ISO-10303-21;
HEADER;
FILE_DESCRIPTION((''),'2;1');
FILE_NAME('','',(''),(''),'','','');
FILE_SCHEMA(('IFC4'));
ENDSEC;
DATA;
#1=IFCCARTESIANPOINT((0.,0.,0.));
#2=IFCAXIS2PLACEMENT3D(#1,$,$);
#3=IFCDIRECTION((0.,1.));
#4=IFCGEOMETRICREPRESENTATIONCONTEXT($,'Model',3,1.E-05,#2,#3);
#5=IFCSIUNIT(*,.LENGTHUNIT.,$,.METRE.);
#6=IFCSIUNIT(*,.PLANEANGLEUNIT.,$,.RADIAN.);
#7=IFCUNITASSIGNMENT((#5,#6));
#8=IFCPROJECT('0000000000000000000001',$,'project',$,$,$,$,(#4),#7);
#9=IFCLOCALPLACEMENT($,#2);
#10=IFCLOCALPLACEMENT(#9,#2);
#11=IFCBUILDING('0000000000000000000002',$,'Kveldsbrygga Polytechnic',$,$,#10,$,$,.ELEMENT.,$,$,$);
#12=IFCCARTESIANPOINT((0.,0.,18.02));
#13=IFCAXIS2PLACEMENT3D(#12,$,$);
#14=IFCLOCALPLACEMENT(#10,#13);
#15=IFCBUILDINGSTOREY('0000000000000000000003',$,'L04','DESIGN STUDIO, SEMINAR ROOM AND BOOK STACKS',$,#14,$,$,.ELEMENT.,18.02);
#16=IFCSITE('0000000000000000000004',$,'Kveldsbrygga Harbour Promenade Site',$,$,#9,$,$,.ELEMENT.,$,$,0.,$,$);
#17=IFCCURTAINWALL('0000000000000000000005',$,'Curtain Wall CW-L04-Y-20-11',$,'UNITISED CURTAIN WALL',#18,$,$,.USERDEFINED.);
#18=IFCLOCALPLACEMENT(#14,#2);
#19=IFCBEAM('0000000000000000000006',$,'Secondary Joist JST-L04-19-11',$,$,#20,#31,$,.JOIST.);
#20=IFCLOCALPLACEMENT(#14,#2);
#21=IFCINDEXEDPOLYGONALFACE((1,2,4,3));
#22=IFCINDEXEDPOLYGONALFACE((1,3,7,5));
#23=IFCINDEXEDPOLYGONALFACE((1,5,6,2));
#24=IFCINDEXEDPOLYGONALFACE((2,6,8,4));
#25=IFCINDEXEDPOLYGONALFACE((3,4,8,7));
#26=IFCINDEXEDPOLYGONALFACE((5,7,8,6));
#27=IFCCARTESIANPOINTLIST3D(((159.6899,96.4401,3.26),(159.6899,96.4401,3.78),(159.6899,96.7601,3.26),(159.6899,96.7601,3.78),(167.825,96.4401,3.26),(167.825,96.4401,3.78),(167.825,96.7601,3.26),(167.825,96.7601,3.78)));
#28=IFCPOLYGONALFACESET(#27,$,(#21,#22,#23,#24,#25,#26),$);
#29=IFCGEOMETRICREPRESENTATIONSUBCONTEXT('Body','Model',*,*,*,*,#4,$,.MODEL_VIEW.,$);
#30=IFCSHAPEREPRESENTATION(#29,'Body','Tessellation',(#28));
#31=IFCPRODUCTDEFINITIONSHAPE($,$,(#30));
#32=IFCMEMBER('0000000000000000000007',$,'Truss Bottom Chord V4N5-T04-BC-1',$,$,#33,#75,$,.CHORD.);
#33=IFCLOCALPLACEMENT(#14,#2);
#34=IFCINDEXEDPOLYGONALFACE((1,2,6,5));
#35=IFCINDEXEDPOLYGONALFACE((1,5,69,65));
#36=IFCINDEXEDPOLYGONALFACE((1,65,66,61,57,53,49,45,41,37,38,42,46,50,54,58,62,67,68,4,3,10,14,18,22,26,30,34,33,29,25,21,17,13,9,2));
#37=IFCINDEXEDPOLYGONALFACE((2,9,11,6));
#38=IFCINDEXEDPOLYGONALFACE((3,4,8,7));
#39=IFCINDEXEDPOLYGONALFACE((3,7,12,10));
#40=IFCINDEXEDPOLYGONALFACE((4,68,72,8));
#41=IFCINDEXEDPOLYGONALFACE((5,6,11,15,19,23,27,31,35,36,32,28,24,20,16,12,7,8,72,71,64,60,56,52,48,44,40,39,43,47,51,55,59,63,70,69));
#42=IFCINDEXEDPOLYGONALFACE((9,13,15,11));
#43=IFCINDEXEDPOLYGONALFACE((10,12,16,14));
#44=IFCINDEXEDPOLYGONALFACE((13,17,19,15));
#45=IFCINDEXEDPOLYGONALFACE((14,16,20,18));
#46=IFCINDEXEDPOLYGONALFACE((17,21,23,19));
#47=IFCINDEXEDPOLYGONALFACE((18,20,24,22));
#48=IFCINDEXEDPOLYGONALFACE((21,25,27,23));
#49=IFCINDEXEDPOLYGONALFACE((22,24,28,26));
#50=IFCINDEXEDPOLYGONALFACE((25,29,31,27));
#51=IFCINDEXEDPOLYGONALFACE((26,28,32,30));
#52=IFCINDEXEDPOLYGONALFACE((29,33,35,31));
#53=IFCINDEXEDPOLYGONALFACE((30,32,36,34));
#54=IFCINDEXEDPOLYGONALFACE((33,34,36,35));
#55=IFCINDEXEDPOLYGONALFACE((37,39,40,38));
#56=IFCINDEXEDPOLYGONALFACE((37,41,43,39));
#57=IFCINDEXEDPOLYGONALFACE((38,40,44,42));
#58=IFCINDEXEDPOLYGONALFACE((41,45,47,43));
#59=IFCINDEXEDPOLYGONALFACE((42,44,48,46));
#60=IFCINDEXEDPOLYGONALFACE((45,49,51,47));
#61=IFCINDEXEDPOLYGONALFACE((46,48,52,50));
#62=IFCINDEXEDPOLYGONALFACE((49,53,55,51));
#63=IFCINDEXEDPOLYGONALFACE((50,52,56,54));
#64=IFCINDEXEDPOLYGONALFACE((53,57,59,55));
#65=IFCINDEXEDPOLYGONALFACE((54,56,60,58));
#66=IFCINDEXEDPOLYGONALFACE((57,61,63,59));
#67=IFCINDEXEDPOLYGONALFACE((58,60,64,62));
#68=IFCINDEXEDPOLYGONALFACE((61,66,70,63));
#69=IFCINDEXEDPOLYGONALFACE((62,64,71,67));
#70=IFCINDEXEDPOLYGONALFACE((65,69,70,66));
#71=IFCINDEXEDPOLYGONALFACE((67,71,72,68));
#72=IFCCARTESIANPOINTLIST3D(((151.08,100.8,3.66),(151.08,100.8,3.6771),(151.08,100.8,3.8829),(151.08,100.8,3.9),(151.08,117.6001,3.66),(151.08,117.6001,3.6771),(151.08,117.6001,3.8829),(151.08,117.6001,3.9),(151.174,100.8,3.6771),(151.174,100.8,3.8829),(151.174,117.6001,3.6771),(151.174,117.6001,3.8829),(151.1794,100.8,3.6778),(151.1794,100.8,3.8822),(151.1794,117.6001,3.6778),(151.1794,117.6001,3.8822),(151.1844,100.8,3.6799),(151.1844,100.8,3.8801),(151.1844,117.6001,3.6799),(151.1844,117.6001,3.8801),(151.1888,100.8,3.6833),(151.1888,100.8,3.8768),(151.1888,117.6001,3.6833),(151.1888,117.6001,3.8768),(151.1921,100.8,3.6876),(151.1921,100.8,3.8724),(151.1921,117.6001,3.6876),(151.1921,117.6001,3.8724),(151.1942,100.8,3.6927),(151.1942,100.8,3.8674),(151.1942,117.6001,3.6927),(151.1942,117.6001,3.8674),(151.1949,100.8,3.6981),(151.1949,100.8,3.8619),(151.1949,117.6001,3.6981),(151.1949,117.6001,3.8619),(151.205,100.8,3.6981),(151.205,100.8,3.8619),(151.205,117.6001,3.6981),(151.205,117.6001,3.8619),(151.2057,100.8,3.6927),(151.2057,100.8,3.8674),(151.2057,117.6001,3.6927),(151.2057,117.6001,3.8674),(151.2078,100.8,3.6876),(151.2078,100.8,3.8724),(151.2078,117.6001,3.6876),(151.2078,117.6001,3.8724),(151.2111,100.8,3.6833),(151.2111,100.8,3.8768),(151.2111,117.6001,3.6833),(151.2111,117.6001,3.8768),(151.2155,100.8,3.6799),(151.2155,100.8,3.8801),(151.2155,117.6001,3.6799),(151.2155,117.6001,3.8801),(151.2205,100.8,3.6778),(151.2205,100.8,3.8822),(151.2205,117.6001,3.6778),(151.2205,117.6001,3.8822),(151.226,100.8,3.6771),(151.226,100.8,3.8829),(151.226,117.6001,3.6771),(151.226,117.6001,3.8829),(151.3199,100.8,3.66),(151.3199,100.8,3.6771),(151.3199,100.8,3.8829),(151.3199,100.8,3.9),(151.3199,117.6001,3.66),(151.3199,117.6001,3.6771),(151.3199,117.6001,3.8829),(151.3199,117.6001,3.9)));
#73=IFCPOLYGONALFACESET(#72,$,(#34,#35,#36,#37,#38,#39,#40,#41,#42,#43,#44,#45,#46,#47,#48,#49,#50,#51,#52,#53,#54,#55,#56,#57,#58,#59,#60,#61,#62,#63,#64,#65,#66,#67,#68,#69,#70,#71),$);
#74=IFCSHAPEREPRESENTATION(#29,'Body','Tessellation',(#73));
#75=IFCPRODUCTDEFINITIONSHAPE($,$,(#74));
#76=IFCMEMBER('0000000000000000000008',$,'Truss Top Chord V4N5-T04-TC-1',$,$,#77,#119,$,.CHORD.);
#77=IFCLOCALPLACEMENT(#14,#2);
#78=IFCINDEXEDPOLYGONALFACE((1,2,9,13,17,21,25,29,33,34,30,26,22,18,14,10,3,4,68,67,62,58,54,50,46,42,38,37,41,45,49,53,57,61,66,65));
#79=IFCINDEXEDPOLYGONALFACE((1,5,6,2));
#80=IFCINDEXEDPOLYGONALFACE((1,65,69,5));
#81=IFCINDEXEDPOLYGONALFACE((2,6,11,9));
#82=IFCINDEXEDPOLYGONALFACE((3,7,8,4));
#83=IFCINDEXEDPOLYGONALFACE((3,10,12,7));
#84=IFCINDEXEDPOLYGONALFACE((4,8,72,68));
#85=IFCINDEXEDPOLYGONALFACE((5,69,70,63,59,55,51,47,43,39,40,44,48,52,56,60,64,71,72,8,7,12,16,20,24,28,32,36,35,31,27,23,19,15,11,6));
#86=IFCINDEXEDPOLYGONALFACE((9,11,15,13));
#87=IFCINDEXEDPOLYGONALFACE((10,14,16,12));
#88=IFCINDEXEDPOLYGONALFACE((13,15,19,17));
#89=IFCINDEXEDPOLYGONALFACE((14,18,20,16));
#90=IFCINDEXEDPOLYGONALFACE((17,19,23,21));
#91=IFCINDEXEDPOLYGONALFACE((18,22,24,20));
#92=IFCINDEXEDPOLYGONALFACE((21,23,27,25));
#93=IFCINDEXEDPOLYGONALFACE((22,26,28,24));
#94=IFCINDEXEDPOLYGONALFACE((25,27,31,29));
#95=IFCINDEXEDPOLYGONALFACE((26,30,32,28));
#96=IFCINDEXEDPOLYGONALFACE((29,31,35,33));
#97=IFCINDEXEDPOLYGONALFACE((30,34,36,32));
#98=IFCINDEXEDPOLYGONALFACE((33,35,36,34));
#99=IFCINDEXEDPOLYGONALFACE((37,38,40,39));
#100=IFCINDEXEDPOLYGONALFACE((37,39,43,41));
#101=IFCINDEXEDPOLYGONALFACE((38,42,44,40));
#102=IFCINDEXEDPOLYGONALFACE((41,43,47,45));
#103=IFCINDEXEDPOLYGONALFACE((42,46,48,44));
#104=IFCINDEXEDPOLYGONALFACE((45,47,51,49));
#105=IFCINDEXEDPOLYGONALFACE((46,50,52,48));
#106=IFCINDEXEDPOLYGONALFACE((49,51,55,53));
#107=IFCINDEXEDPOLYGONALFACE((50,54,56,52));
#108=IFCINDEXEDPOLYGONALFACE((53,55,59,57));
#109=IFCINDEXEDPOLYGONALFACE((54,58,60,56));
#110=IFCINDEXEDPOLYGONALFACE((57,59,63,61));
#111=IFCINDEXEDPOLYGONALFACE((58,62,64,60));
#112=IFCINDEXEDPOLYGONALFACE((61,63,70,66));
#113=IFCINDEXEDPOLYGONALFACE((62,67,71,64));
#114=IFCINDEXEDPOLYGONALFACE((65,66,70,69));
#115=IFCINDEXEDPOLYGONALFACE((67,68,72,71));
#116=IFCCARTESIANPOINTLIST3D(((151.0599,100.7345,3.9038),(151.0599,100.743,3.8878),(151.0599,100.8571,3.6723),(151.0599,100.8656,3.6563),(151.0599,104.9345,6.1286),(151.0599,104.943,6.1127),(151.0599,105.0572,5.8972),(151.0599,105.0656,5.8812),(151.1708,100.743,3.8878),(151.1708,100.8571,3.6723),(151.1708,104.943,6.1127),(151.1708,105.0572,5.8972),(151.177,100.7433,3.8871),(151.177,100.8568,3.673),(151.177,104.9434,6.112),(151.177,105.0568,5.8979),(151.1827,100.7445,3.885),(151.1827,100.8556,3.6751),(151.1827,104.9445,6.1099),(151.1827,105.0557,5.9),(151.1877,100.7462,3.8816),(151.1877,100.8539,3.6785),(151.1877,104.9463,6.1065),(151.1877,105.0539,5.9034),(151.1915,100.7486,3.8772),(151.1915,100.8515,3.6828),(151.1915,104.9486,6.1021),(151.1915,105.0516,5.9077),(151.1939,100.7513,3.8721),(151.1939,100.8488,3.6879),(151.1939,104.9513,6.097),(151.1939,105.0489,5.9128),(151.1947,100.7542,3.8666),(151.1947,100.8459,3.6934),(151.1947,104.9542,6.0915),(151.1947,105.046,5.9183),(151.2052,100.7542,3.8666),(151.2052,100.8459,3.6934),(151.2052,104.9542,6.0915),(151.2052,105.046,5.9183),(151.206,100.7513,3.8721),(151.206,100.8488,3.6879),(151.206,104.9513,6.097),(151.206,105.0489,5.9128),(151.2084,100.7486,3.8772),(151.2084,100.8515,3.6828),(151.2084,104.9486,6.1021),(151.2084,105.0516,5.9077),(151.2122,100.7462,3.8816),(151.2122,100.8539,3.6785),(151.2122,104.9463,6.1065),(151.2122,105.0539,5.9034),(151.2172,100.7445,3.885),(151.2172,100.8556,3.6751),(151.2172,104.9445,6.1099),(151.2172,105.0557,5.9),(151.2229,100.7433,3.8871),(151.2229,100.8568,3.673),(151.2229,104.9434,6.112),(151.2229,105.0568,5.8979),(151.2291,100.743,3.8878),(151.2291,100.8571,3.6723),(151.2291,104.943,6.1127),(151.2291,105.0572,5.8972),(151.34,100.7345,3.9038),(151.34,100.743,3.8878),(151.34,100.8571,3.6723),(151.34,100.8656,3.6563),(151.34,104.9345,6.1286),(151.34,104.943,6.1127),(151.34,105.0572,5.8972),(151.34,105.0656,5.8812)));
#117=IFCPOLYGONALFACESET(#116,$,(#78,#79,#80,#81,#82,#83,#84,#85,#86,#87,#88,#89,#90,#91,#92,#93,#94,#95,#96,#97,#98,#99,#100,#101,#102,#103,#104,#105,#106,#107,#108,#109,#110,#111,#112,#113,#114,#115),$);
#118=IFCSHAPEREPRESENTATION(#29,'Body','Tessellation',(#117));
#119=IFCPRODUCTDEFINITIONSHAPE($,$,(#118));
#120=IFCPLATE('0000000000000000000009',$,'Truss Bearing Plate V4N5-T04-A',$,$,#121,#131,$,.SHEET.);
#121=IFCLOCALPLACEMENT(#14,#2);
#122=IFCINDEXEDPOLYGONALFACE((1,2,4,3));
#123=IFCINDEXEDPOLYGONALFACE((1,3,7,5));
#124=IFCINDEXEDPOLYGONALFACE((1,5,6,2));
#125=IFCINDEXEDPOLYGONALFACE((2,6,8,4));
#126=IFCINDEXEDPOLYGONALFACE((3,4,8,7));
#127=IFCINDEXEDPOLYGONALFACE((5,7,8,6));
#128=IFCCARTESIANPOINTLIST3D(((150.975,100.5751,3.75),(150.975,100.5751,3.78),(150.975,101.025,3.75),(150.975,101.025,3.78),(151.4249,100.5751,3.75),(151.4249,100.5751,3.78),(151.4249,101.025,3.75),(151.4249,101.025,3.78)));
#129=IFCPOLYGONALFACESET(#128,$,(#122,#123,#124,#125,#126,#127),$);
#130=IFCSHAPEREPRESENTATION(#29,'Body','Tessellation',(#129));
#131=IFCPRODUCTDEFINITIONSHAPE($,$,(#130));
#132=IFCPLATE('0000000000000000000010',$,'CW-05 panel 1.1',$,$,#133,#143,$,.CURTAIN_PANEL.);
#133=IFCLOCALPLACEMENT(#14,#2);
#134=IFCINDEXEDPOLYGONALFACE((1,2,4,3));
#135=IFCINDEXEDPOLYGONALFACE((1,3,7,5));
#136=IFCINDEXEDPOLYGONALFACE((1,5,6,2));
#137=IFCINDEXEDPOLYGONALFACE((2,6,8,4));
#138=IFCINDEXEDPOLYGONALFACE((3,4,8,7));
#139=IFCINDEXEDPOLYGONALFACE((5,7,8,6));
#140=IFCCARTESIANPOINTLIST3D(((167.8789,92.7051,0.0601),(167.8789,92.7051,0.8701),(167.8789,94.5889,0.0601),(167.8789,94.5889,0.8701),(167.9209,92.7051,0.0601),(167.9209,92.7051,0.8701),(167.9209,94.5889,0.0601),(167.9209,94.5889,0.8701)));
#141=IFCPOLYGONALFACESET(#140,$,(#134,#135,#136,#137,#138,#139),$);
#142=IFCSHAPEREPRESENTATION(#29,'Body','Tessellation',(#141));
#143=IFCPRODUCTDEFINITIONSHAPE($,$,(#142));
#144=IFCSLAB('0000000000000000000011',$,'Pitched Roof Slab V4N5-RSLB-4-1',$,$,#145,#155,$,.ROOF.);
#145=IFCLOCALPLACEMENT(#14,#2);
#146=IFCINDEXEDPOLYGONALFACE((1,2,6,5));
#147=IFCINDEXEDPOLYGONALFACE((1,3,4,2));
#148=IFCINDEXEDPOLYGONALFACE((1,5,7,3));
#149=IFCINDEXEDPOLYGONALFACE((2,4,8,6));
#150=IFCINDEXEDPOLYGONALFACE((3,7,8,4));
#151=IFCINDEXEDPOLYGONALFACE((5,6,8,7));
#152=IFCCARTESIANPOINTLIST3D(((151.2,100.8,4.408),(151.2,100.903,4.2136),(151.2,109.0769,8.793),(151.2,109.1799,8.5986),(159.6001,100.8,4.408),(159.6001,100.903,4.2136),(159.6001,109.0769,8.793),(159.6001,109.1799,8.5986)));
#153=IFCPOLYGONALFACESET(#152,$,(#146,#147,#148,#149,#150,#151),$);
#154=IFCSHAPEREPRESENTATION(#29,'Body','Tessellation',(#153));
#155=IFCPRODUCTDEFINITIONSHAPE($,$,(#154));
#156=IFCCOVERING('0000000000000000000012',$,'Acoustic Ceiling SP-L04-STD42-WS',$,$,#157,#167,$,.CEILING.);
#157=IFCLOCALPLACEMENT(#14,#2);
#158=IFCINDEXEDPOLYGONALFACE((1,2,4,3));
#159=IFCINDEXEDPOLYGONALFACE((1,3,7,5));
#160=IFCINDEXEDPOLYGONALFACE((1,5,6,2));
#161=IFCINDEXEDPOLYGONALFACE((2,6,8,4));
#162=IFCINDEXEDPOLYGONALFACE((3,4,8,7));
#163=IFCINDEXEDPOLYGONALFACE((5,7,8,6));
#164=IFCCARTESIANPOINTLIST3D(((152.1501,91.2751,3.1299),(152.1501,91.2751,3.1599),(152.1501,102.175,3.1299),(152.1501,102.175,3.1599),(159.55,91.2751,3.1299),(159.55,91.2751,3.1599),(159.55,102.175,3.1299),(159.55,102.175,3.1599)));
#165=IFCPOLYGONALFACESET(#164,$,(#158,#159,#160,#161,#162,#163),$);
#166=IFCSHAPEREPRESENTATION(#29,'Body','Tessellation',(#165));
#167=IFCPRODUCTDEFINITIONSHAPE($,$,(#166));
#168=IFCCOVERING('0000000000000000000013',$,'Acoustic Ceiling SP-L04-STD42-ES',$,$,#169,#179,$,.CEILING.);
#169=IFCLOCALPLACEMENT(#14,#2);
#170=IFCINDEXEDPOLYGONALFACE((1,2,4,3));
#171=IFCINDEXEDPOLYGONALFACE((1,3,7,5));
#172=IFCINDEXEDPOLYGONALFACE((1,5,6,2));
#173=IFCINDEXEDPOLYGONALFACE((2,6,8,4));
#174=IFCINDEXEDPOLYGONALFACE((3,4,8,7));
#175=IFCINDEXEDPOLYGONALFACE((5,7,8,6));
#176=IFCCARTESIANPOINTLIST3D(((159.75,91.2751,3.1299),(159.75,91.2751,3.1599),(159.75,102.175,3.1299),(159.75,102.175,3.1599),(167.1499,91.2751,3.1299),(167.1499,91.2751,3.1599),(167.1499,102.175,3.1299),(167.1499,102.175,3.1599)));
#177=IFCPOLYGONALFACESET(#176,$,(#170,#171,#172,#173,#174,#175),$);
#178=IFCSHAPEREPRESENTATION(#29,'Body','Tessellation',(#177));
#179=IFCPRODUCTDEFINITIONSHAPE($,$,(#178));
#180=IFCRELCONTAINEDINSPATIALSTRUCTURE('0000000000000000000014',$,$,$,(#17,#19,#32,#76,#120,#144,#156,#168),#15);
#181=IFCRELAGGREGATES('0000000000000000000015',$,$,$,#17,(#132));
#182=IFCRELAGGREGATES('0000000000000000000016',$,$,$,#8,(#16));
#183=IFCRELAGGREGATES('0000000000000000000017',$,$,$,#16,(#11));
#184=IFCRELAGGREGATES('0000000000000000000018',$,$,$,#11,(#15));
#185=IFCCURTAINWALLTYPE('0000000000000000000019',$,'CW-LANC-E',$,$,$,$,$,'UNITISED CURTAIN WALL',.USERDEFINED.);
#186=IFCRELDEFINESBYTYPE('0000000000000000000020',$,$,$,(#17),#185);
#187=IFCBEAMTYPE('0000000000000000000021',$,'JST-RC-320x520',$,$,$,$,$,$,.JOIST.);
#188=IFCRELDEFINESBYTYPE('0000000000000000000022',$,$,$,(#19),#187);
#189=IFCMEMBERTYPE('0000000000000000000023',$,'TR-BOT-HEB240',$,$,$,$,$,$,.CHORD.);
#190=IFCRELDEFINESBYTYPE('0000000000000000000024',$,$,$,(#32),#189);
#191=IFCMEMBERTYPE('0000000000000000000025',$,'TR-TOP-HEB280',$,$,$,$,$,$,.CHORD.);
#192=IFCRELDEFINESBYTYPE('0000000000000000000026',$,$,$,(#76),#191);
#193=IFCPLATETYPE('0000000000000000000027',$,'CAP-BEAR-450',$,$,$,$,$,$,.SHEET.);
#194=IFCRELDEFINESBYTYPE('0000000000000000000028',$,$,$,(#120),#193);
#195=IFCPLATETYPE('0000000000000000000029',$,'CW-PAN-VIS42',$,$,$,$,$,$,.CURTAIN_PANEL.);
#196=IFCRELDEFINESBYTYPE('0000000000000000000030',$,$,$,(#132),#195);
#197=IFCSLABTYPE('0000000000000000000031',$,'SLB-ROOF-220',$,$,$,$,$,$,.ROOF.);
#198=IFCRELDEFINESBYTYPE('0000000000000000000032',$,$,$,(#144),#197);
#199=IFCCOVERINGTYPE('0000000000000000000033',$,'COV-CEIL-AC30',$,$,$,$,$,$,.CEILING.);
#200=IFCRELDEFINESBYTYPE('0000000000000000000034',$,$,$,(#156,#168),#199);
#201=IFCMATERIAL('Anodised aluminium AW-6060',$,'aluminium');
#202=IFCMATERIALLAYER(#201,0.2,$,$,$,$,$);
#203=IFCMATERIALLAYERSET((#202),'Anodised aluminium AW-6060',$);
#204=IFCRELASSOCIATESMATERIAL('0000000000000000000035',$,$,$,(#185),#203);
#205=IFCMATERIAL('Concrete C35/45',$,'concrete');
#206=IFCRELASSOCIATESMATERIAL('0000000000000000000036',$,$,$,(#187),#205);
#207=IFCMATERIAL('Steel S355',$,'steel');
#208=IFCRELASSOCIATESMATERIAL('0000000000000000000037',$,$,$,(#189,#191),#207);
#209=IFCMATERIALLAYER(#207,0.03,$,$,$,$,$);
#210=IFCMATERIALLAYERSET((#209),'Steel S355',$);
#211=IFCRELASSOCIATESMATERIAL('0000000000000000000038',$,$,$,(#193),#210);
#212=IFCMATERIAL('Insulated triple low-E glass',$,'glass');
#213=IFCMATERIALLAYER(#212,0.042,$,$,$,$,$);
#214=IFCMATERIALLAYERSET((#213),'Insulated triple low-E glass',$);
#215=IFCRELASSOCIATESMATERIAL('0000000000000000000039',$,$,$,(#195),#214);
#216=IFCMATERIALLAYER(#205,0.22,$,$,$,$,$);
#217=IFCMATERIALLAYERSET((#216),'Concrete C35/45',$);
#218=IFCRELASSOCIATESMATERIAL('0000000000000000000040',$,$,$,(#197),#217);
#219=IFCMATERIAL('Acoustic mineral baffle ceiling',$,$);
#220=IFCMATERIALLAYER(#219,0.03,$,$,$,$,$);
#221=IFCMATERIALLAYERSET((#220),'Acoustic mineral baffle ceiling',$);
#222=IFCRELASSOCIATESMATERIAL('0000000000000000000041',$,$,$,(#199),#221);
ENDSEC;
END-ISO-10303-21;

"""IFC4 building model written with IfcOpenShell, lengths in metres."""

from ifc_helpers import new_model, si_unit, direction, frame, origin, origin_2d, place, context, subcontext, project, spatial, polyline, rectangle, i_section, outline, extrude, material, layer, layer_set, material_profile, profile_set, type_object, element, aggregate, save


model = new_model("IFC4")

# Units and contexts
model_context = context("Model", 3, precision=1e-05, world=origin(), true_north=direction((0.0, 1.0)))
body_context = subcontext(model_context, "Body", "Model", "MODEL_VIEW")
ifc_project = project(units=[si_unit("LENGTHUNIT", "METRE"), si_unit("PLANEANGLEUNIT", "RADIAN")], contexts=[model_context])

# Site, building, storey
site_placement = place(None, origin())
site = spatial("IfcSite", under=ifc_project, at=site_placement, Name="Kveldsbrygga Harbour Promenade Site", CompositionType="ELEMENT", RefElevation=0.0)
building_placement = place(site_placement, origin())
building = spatial("IfcBuilding", under=site, at=building_placement, Name="Kveldsbrygga Polytechnic", CompositionType="ELEMENT")
storey_placement = place(building_placement, frame((0.0, 0.0, 18.02)))
storey = spatial("IfcBuildingStorey", under=building, at=storey_placement, Name="L04", Description="DESIGN STUDIO, SEMINAR ROOM AND BOOK STACKS", CompositionType="ELEMENT", Elevation=18.02)

# Shared definitions
ifc_material_1 = material(Name="Concrete C35/45", Category="concrete")
ifc_material_2 = material(Name="Steel S355", Category="steel")

# Curtain wall
ifc_material_3 = material(Name="Anodised aluminium AW-6060", Category="aluminium")
ifc_layer_1 = layer(ifc_material_3, 0.2)
ifc_layer_set_1 = layer_set([ifc_layer_1], Name="Anodised aluminium AW-6060")
curtain_wall_type = type_object("IfcCurtainWallType", Name="CW-LANC-E", ElementType="UNITISED CURTAIN WALL", PredefinedType="USERDEFINED", material=ifc_layer_set_1)
curtain_wall_placement = place(storey_placement, origin())
curtain_wall = element("IfcCurtainWall", 1, at=curtain_wall_placement, inside=storey, type_object=curtain_wall_type, Name="Curtain Wall CW-L04-Y-20-11", ObjectType="UNITISED CURTAIN WALL", PredefinedType="USERDEFINED")

# Beam
ifc_material_profile_1 = material_profile(ifc_material_1, rectangle(XDim=0.3201, YDim=0.52, at=origin_2d()), Name="RC 320x520")
ifc_profile_set_1 = profile_set([ifc_material_profile_1], Name="Concrete C35/45")
beam_type_1 = type_object("IfcBeamType", Name="JST-RC-320x520", PredefinedType="JOIST", material=ifc_profile_set_1)
beam_1_placement = place(storey_placement, frame((159.6899, 96.6001, 3.52), z_axis=(1.0, 0.0, 0.0), x_axis=(0.0, 1.0, 0.0)))
element("IfcBeam", 2, at=beam_1_placement, inside=storey, type_object=beam_type_1, Name="Secondary Joist JST-L04-19-11", PredefinedType="JOIST", context=body_context, shape_type="SweptSolid", body=[
    extrude(rectangle(XDim=0.3201, YDim=0.52, at=origin_2d()), origin(), (0.0, 0.0, 1.0), 8.135),
])

# Members
ifc_material_profile_2 = material_profile(ifc_material_2, i_section(OverallWidth=0.24, OverallDepth=0.24, WebThickness=0.01, FlangeThickness=0.0171, FilletRadius=0.021, at=origin_2d()), Name="HEB 240")
ifc_profile_set_2 = profile_set([ifc_material_profile_2], Name="Steel S355")
member_type_1 = type_object("IfcMemberType", Name="TR-BOT-HEB240", PredefinedType="CHORD", material=ifc_profile_set_2)
member_1_placement = place(storey_placement, frame((151.2, 100.8, 3.78), z_axis=(0.0, 1.0, 0.0), x_axis=(-1.0, 0.0, 0.0)))
element("IfcMember", 3, at=member_1_placement, inside=storey, type_object=member_type_1, Name="Truss Bottom Chord V4N5-T04-BC-1", PredefinedType="CHORD", context=body_context, shape_type="SweptSolid", body=[
    extrude(i_section(OverallWidth=0.24, OverallDepth=0.24, WebThickness=0.01, FlangeThickness=0.0171, FilletRadius=0.021, at=origin_2d()), origin(), (0.0, 0.0, 1.0), 16.8),
])
ifc_material_profile_3 = material_profile(ifc_material_2, i_section(OverallWidth=0.28, OverallDepth=0.28, WebThickness=0.0105, FlangeThickness=0.0181, FilletRadius=0.0239, at=origin_2d()), Name="HEB 280")
ifc_profile_set_3 = profile_set([ifc_material_profile_3], Name="Steel S355")
member_type_2 = type_object("IfcMemberType", Name="TR-TOP-HEB280", PredefinedType="CHORD", material=ifc_profile_set_3)
member_2_placement = place(storey_placement, frame((151.2, 100.8, 3.78), z_axis=(0.0, 0.88367, 0.46811), x_axis=(-1.0, 0.0, 0.0)))
element("IfcMember", 4, at=member_2_placement, inside=storey, type_object=member_type_2, Name="Truss Top Chord V4N5-T04-TC-1", PredefinedType="CHORD", context=body_context, shape_type="SweptSolid", body=[
    extrude(i_section(OverallWidth=0.28, OverallDepth=0.28, WebThickness=0.0105, FlangeThickness=0.0181, FilletRadius=0.0239, at=origin_2d()), origin(), (0.0, 0.0, 1.0), 4.7529),
])

# Plates
ifc_layer_2 = layer(ifc_material_2, 0.03)
ifc_layer_set_2 = layer_set([ifc_layer_2], Name="Steel S355")
plate_type_1 = type_object("IfcPlateType", Name="CAP-BEAR-450", PredefinedType="SHEET", material=ifc_layer_set_2)
plate_1_placement = place(storey_placement, frame((151.2, 100.8, 3.75), z_axis=(0.0, 0.0, 1.0), x_axis=(1.0, 0.0, 0.0)))
element("IfcPlate", 5, at=plate_1_placement, inside=storey, type_object=plate_type_1, Name="Truss Bearing Plate V4N5-T04-A", PredefinedType="SHEET", context=body_context, shape_type="SweptSolid", body=[
    extrude(rectangle(XDim=0.45, YDim=0.45, at=origin_2d()), origin(), (0.0, 0.0, 1.0), 0.03),
])
ifc_material_4 = material(Name="Insulated triple low-E glass", Category="glass")
ifc_layer_3 = layer(ifc_material_4, 0.042)
ifc_layer_set_3 = layer_set([ifc_layer_3], Name="Insulated triple low-E glass")
plate_type_2 = type_object("IfcPlateType", Name="CW-PAN-VIS42", PredefinedType="CURTAIN_PANEL", material=ifc_layer_set_3)
plate_2_placement = place(storey_placement, frame((167.8999, 93.647, 0.0601), z_axis=(0.0, 0.0, 1.0), x_axis=(0.0, 1.0, 0.0)))
plate_2 = element("IfcPlate", 6, at=plate_2_placement, type_object=plate_type_2, Name="CW-05 panel 1.1", PredefinedType="CURTAIN_PANEL", context=body_context, shape_type="SweptSolid", body=[
    extrude(rectangle(XDim=1.8838, YDim=0.042, at=origin_2d()), origin(), (0.0, 0.0, 1.0), 0.8101),
])
aggregate(curtain_wall, [plate_2])

# Slab
ifc_layer_4 = layer(ifc_material_1, 0.22)
ifc_layer_set_4 = layer_set([ifc_layer_4], Name="Concrete C35/45")
slab_type = type_object("IfcSlabType", Name="SLB-ROOF-220", PredefinedType="ROOF", material=ifc_layer_set_4)
slab_placement = place(storey_placement, frame((151.2, 100.8, 4.408), z_axis=(0.0, -0.46815, 0.883649), x_axis=(1.0, 0.0, 0.0)))
element("IfcSlab", 7, at=slab_placement, inside=storey, type_object=slab_type, Name="Pitched Roof Slab V4N5-RSLB-4-1", PredefinedType="ROOF", context=body_context, shape_type="SweptSolid", body=[
    extrude(outline(polyline([(0.0, 0.0), (8.4001, 0.0), (8.4001, 9.3667), (0.0, 9.3667), (0.0, 0.0)])), origin(), (0.0, 0.0, -1.0), 0.22),
])

# Coverings
ifc_material_5 = material(Name="Acoustic mineral baffle ceiling")
ifc_layer_5 = layer(ifc_material_5, 0.03)
ifc_layer_set_5 = layer_set([ifc_layer_5], Name="Acoustic mineral baffle ceiling")
covering_type_1 = type_object("IfcCoveringType", Name="COV-CEIL-AC30", PredefinedType="CEILING", material=ifc_layer_set_5)
for number, where, z_axis, x_axis, name in (
    (8, (155.8501, 96.7251, 3.1299), (0.0, 0.0, 1.0), (1.0, 0.0, 0.0), "Acoustic Ceiling SP-L04-STD42-WS"),
    (9, (163.45, 96.7251, 3.1299), (0.0, 0.0, 1.0), (1.0, 0.0, 0.0), "Acoustic Ceiling SP-L04-STD42-ES"),
):
    element("IfcCovering", number, at=place(storey_placement, frame(where, z_axis=z_axis, x_axis=x_axis)), inside=storey, type_object=covering_type_1, Name=name, PredefinedType="CEILING", context=body_context, shape_type="SweptSolid", body=[
        extrude(rectangle(XDim=7.3999, YDim=10.8999, at=origin_2d()), origin(), (0.0, 0.0, 1.0), 0.03),
    ])

save(model, "model.ifc")
